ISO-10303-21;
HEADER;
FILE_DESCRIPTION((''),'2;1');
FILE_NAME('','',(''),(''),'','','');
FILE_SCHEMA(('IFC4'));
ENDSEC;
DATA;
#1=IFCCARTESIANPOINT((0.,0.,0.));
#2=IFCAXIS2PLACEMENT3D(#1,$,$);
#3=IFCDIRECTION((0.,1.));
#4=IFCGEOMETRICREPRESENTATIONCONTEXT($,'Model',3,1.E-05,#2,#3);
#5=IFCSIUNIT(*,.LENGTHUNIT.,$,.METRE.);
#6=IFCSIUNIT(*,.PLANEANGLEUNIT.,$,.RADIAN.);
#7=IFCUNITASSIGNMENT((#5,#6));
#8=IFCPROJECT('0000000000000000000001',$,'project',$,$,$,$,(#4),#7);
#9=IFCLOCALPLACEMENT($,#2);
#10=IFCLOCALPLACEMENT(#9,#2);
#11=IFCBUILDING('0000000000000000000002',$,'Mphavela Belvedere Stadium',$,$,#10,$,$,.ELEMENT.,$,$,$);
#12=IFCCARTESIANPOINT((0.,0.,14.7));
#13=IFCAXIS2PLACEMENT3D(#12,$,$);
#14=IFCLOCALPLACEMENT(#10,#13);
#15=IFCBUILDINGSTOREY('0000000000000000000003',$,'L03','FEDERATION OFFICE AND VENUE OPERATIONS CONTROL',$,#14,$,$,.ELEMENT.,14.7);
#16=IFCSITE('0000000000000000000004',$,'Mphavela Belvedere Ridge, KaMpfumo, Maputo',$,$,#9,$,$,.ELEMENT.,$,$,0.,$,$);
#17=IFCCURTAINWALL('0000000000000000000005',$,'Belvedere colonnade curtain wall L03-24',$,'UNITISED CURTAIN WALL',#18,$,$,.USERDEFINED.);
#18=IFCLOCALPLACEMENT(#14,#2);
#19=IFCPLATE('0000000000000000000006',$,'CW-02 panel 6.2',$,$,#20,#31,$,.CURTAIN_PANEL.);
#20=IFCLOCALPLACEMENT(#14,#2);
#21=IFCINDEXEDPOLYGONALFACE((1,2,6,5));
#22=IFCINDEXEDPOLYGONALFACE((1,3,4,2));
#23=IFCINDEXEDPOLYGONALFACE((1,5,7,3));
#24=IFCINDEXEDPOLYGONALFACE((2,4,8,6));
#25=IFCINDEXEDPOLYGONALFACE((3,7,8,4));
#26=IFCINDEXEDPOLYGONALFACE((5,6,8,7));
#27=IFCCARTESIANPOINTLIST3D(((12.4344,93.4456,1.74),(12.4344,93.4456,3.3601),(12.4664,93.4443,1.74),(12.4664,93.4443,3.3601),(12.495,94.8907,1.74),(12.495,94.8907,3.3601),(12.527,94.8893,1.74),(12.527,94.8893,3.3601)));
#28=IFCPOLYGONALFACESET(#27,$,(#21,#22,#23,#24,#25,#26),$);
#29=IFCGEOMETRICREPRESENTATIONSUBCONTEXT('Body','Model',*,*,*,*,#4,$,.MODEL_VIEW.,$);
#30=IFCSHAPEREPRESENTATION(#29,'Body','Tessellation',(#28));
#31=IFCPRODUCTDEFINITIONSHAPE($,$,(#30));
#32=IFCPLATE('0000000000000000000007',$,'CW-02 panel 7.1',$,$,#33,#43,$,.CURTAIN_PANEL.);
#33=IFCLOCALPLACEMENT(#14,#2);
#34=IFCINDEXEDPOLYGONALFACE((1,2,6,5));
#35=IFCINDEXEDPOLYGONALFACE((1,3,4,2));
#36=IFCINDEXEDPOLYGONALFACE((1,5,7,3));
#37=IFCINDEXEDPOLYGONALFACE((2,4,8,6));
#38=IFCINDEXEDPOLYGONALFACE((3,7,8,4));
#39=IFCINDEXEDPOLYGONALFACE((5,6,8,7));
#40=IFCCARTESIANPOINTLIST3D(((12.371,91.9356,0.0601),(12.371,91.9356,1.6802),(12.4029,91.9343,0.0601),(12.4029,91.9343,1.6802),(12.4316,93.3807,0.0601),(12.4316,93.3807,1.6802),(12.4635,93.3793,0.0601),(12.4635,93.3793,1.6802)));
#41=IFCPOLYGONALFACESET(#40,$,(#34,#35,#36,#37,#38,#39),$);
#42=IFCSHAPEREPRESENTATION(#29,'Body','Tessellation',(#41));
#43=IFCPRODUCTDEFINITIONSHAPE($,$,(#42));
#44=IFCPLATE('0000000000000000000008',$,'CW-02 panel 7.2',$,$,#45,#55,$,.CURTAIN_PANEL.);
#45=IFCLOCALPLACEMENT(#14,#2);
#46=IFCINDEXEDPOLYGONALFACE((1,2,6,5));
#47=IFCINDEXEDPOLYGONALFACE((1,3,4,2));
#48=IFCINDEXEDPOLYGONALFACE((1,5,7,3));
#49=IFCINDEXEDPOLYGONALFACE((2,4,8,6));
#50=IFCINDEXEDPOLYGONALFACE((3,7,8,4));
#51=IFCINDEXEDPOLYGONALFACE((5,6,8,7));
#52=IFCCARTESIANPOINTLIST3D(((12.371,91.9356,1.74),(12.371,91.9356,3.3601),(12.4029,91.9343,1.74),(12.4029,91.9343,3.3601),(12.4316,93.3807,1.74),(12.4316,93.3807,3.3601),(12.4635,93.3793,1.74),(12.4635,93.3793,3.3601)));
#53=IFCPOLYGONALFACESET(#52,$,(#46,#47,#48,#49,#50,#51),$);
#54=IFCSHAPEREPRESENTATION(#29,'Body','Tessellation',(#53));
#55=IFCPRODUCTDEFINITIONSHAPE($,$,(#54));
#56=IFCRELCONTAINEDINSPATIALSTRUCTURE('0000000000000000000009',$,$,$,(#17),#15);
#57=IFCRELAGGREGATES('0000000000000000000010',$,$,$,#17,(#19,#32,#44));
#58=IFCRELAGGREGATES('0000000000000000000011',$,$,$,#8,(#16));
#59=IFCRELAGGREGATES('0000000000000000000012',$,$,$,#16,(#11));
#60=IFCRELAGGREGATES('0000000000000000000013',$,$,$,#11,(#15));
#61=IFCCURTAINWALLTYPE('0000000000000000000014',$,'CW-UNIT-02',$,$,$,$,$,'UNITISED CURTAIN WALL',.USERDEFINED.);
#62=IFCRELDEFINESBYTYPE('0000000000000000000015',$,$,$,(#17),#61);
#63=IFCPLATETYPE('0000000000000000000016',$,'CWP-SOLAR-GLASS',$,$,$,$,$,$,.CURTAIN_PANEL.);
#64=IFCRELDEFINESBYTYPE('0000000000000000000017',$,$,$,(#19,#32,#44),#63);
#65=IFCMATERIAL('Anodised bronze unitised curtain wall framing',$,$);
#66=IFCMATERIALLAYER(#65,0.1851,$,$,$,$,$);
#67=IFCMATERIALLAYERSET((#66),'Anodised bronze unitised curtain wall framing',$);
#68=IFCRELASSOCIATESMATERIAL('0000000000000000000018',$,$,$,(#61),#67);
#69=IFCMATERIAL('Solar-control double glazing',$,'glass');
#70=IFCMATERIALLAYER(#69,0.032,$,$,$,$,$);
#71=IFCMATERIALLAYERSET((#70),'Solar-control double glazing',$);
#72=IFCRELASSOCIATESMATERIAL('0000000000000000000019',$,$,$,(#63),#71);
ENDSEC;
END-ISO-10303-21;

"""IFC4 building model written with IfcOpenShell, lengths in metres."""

from ifc_helpers import new_model, si_unit, direction, frame, origin, origin_2d, place, context, subcontext, project, spatial, rectangle, extrude, material, layer, layer_set, type_object, element, aggregate, save


model = new_model("IFC4")

# Units and contexts
model_context = context("Model", 3, precision=1e-05, world=origin(), true_north=direction((0.0, 1.0)))
body_context = subcontext(model_context, "Body", "Model", "MODEL_VIEW")
ifc_project = project(units=[si_unit("LENGTHUNIT", "METRE"), si_unit("PLANEANGLEUNIT", "RADIAN")], contexts=[model_context])

# Site, building, storey
site_placement = place(None, origin())
site = spatial("IfcSite", under=ifc_project, at=site_placement, Name="Mphavela Belvedere Ridge, KaMpfumo, Maputo", CompositionType="ELEMENT", RefElevation=0.0)
building_placement = place(site_placement, origin())
building = spatial("IfcBuilding", under=site, at=building_placement, Name="Mphavela Belvedere Stadium", CompositionType="ELEMENT")
storey_placement = place(building_placement, frame((0.0, 0.0, 14.7)))
storey = spatial("IfcBuildingStorey", under=building, at=storey_placement, Name="L03", Description="FEDERATION OFFICE AND VENUE OPERATIONS CONTROL", CompositionType="ELEMENT", Elevation=14.7)

# Curtain wall, plates
ifc_material_1 = material(Name="Anodised bronze unitised curtain wall framing")
ifc_layer_1 = layer(ifc_material_1, 0.1851)
ifc_layer_set_1 = layer_set([ifc_layer_1], Name="Anodised bronze unitised curtain wall framing")
curtain_wall_type = type_object("IfcCurtainWallType", Name="CW-UNIT-02", ElementType="UNITISED CURTAIN WALL", PredefinedType="USERDEFINED", material=ifc_layer_set_1)
curtain_wall_placement = place(storey_placement, origin())
curtain_wall = element("IfcCurtainWall", 1, at=curtain_wall_placement, inside=storey, type_object=curtain_wall_type, Name="Belvedere colonnade curtain wall L03-24", ObjectType="UNITISED CURTAIN WALL", PredefinedType="USERDEFINED")
ifc_material_2 = material(Name="Solar-control double glazing", Category="glass")
ifc_layer_2 = layer(ifc_material_2, 0.032)
ifc_layer_set_2 = layer_set([ifc_layer_2], Name="Solar-control double glazing")
plate_type = type_object("IfcPlateType", Name="CWP-SOLAR-GLASS", PredefinedType="CURTAIN_PANEL", material=ifc_layer_set_2)
plate_1_placement = place(storey_placement, frame((12.4807, 94.1675, 1.74), z_axis=(0.0, 0.0, 1.0), x_axis=(-0.041911, -0.999121, 0.0)))
plate_1 = element("IfcPlate", 2, at=plate_1_placement, type_object=plate_type, Name="CW-02 panel 6.2", PredefinedType="CURTAIN_PANEL", context=body_context, shape_type="SweptSolid", body=[
    extrude(rectangle(XDim=1.4463, YDim=0.032, at=origin_2d()), origin(), (0.0, 0.0, 1.0), 1.6201),
])
plate_2_placement = place(storey_placement, frame((12.4172, 92.6575, 0.0601), z_axis=(0.0, 0.0, 1.0), x_axis=(-0.041911, -0.999121, 0.0)))
plate_2 = element("IfcPlate", 3, at=plate_2_placement, type_object=plate_type, Name="CW-02 panel 7.1", PredefinedType="CURTAIN_PANEL", context=body_context, shape_type="SweptSolid", body=[
    extrude(rectangle(XDim=1.4463, YDim=0.032, at=origin_2d()), origin(), (0.0, 0.0, 1.0), 1.6201),
])
plate_3_placement = place(storey_placement, frame((12.4172, 92.6575, 1.74), z_axis=(0.0, 0.0, 1.0), x_axis=(-0.041911, -0.999121, 0.0)))
plate_3 = element("IfcPlate", 4, at=plate_3_placement, type_object=plate_type, Name="CW-02 panel 7.2", PredefinedType="CURTAIN_PANEL", context=body_context, shape_type="SweptSolid", body=[
    extrude(rectangle(XDim=1.4463, YDim=0.032, at=origin_2d()), origin(), (0.0, 0.0, 1.0), 1.6201),
])
aggregate(curtain_wall, [plate_1, plate_2, plate_3])

save(model, "model.ifc")
